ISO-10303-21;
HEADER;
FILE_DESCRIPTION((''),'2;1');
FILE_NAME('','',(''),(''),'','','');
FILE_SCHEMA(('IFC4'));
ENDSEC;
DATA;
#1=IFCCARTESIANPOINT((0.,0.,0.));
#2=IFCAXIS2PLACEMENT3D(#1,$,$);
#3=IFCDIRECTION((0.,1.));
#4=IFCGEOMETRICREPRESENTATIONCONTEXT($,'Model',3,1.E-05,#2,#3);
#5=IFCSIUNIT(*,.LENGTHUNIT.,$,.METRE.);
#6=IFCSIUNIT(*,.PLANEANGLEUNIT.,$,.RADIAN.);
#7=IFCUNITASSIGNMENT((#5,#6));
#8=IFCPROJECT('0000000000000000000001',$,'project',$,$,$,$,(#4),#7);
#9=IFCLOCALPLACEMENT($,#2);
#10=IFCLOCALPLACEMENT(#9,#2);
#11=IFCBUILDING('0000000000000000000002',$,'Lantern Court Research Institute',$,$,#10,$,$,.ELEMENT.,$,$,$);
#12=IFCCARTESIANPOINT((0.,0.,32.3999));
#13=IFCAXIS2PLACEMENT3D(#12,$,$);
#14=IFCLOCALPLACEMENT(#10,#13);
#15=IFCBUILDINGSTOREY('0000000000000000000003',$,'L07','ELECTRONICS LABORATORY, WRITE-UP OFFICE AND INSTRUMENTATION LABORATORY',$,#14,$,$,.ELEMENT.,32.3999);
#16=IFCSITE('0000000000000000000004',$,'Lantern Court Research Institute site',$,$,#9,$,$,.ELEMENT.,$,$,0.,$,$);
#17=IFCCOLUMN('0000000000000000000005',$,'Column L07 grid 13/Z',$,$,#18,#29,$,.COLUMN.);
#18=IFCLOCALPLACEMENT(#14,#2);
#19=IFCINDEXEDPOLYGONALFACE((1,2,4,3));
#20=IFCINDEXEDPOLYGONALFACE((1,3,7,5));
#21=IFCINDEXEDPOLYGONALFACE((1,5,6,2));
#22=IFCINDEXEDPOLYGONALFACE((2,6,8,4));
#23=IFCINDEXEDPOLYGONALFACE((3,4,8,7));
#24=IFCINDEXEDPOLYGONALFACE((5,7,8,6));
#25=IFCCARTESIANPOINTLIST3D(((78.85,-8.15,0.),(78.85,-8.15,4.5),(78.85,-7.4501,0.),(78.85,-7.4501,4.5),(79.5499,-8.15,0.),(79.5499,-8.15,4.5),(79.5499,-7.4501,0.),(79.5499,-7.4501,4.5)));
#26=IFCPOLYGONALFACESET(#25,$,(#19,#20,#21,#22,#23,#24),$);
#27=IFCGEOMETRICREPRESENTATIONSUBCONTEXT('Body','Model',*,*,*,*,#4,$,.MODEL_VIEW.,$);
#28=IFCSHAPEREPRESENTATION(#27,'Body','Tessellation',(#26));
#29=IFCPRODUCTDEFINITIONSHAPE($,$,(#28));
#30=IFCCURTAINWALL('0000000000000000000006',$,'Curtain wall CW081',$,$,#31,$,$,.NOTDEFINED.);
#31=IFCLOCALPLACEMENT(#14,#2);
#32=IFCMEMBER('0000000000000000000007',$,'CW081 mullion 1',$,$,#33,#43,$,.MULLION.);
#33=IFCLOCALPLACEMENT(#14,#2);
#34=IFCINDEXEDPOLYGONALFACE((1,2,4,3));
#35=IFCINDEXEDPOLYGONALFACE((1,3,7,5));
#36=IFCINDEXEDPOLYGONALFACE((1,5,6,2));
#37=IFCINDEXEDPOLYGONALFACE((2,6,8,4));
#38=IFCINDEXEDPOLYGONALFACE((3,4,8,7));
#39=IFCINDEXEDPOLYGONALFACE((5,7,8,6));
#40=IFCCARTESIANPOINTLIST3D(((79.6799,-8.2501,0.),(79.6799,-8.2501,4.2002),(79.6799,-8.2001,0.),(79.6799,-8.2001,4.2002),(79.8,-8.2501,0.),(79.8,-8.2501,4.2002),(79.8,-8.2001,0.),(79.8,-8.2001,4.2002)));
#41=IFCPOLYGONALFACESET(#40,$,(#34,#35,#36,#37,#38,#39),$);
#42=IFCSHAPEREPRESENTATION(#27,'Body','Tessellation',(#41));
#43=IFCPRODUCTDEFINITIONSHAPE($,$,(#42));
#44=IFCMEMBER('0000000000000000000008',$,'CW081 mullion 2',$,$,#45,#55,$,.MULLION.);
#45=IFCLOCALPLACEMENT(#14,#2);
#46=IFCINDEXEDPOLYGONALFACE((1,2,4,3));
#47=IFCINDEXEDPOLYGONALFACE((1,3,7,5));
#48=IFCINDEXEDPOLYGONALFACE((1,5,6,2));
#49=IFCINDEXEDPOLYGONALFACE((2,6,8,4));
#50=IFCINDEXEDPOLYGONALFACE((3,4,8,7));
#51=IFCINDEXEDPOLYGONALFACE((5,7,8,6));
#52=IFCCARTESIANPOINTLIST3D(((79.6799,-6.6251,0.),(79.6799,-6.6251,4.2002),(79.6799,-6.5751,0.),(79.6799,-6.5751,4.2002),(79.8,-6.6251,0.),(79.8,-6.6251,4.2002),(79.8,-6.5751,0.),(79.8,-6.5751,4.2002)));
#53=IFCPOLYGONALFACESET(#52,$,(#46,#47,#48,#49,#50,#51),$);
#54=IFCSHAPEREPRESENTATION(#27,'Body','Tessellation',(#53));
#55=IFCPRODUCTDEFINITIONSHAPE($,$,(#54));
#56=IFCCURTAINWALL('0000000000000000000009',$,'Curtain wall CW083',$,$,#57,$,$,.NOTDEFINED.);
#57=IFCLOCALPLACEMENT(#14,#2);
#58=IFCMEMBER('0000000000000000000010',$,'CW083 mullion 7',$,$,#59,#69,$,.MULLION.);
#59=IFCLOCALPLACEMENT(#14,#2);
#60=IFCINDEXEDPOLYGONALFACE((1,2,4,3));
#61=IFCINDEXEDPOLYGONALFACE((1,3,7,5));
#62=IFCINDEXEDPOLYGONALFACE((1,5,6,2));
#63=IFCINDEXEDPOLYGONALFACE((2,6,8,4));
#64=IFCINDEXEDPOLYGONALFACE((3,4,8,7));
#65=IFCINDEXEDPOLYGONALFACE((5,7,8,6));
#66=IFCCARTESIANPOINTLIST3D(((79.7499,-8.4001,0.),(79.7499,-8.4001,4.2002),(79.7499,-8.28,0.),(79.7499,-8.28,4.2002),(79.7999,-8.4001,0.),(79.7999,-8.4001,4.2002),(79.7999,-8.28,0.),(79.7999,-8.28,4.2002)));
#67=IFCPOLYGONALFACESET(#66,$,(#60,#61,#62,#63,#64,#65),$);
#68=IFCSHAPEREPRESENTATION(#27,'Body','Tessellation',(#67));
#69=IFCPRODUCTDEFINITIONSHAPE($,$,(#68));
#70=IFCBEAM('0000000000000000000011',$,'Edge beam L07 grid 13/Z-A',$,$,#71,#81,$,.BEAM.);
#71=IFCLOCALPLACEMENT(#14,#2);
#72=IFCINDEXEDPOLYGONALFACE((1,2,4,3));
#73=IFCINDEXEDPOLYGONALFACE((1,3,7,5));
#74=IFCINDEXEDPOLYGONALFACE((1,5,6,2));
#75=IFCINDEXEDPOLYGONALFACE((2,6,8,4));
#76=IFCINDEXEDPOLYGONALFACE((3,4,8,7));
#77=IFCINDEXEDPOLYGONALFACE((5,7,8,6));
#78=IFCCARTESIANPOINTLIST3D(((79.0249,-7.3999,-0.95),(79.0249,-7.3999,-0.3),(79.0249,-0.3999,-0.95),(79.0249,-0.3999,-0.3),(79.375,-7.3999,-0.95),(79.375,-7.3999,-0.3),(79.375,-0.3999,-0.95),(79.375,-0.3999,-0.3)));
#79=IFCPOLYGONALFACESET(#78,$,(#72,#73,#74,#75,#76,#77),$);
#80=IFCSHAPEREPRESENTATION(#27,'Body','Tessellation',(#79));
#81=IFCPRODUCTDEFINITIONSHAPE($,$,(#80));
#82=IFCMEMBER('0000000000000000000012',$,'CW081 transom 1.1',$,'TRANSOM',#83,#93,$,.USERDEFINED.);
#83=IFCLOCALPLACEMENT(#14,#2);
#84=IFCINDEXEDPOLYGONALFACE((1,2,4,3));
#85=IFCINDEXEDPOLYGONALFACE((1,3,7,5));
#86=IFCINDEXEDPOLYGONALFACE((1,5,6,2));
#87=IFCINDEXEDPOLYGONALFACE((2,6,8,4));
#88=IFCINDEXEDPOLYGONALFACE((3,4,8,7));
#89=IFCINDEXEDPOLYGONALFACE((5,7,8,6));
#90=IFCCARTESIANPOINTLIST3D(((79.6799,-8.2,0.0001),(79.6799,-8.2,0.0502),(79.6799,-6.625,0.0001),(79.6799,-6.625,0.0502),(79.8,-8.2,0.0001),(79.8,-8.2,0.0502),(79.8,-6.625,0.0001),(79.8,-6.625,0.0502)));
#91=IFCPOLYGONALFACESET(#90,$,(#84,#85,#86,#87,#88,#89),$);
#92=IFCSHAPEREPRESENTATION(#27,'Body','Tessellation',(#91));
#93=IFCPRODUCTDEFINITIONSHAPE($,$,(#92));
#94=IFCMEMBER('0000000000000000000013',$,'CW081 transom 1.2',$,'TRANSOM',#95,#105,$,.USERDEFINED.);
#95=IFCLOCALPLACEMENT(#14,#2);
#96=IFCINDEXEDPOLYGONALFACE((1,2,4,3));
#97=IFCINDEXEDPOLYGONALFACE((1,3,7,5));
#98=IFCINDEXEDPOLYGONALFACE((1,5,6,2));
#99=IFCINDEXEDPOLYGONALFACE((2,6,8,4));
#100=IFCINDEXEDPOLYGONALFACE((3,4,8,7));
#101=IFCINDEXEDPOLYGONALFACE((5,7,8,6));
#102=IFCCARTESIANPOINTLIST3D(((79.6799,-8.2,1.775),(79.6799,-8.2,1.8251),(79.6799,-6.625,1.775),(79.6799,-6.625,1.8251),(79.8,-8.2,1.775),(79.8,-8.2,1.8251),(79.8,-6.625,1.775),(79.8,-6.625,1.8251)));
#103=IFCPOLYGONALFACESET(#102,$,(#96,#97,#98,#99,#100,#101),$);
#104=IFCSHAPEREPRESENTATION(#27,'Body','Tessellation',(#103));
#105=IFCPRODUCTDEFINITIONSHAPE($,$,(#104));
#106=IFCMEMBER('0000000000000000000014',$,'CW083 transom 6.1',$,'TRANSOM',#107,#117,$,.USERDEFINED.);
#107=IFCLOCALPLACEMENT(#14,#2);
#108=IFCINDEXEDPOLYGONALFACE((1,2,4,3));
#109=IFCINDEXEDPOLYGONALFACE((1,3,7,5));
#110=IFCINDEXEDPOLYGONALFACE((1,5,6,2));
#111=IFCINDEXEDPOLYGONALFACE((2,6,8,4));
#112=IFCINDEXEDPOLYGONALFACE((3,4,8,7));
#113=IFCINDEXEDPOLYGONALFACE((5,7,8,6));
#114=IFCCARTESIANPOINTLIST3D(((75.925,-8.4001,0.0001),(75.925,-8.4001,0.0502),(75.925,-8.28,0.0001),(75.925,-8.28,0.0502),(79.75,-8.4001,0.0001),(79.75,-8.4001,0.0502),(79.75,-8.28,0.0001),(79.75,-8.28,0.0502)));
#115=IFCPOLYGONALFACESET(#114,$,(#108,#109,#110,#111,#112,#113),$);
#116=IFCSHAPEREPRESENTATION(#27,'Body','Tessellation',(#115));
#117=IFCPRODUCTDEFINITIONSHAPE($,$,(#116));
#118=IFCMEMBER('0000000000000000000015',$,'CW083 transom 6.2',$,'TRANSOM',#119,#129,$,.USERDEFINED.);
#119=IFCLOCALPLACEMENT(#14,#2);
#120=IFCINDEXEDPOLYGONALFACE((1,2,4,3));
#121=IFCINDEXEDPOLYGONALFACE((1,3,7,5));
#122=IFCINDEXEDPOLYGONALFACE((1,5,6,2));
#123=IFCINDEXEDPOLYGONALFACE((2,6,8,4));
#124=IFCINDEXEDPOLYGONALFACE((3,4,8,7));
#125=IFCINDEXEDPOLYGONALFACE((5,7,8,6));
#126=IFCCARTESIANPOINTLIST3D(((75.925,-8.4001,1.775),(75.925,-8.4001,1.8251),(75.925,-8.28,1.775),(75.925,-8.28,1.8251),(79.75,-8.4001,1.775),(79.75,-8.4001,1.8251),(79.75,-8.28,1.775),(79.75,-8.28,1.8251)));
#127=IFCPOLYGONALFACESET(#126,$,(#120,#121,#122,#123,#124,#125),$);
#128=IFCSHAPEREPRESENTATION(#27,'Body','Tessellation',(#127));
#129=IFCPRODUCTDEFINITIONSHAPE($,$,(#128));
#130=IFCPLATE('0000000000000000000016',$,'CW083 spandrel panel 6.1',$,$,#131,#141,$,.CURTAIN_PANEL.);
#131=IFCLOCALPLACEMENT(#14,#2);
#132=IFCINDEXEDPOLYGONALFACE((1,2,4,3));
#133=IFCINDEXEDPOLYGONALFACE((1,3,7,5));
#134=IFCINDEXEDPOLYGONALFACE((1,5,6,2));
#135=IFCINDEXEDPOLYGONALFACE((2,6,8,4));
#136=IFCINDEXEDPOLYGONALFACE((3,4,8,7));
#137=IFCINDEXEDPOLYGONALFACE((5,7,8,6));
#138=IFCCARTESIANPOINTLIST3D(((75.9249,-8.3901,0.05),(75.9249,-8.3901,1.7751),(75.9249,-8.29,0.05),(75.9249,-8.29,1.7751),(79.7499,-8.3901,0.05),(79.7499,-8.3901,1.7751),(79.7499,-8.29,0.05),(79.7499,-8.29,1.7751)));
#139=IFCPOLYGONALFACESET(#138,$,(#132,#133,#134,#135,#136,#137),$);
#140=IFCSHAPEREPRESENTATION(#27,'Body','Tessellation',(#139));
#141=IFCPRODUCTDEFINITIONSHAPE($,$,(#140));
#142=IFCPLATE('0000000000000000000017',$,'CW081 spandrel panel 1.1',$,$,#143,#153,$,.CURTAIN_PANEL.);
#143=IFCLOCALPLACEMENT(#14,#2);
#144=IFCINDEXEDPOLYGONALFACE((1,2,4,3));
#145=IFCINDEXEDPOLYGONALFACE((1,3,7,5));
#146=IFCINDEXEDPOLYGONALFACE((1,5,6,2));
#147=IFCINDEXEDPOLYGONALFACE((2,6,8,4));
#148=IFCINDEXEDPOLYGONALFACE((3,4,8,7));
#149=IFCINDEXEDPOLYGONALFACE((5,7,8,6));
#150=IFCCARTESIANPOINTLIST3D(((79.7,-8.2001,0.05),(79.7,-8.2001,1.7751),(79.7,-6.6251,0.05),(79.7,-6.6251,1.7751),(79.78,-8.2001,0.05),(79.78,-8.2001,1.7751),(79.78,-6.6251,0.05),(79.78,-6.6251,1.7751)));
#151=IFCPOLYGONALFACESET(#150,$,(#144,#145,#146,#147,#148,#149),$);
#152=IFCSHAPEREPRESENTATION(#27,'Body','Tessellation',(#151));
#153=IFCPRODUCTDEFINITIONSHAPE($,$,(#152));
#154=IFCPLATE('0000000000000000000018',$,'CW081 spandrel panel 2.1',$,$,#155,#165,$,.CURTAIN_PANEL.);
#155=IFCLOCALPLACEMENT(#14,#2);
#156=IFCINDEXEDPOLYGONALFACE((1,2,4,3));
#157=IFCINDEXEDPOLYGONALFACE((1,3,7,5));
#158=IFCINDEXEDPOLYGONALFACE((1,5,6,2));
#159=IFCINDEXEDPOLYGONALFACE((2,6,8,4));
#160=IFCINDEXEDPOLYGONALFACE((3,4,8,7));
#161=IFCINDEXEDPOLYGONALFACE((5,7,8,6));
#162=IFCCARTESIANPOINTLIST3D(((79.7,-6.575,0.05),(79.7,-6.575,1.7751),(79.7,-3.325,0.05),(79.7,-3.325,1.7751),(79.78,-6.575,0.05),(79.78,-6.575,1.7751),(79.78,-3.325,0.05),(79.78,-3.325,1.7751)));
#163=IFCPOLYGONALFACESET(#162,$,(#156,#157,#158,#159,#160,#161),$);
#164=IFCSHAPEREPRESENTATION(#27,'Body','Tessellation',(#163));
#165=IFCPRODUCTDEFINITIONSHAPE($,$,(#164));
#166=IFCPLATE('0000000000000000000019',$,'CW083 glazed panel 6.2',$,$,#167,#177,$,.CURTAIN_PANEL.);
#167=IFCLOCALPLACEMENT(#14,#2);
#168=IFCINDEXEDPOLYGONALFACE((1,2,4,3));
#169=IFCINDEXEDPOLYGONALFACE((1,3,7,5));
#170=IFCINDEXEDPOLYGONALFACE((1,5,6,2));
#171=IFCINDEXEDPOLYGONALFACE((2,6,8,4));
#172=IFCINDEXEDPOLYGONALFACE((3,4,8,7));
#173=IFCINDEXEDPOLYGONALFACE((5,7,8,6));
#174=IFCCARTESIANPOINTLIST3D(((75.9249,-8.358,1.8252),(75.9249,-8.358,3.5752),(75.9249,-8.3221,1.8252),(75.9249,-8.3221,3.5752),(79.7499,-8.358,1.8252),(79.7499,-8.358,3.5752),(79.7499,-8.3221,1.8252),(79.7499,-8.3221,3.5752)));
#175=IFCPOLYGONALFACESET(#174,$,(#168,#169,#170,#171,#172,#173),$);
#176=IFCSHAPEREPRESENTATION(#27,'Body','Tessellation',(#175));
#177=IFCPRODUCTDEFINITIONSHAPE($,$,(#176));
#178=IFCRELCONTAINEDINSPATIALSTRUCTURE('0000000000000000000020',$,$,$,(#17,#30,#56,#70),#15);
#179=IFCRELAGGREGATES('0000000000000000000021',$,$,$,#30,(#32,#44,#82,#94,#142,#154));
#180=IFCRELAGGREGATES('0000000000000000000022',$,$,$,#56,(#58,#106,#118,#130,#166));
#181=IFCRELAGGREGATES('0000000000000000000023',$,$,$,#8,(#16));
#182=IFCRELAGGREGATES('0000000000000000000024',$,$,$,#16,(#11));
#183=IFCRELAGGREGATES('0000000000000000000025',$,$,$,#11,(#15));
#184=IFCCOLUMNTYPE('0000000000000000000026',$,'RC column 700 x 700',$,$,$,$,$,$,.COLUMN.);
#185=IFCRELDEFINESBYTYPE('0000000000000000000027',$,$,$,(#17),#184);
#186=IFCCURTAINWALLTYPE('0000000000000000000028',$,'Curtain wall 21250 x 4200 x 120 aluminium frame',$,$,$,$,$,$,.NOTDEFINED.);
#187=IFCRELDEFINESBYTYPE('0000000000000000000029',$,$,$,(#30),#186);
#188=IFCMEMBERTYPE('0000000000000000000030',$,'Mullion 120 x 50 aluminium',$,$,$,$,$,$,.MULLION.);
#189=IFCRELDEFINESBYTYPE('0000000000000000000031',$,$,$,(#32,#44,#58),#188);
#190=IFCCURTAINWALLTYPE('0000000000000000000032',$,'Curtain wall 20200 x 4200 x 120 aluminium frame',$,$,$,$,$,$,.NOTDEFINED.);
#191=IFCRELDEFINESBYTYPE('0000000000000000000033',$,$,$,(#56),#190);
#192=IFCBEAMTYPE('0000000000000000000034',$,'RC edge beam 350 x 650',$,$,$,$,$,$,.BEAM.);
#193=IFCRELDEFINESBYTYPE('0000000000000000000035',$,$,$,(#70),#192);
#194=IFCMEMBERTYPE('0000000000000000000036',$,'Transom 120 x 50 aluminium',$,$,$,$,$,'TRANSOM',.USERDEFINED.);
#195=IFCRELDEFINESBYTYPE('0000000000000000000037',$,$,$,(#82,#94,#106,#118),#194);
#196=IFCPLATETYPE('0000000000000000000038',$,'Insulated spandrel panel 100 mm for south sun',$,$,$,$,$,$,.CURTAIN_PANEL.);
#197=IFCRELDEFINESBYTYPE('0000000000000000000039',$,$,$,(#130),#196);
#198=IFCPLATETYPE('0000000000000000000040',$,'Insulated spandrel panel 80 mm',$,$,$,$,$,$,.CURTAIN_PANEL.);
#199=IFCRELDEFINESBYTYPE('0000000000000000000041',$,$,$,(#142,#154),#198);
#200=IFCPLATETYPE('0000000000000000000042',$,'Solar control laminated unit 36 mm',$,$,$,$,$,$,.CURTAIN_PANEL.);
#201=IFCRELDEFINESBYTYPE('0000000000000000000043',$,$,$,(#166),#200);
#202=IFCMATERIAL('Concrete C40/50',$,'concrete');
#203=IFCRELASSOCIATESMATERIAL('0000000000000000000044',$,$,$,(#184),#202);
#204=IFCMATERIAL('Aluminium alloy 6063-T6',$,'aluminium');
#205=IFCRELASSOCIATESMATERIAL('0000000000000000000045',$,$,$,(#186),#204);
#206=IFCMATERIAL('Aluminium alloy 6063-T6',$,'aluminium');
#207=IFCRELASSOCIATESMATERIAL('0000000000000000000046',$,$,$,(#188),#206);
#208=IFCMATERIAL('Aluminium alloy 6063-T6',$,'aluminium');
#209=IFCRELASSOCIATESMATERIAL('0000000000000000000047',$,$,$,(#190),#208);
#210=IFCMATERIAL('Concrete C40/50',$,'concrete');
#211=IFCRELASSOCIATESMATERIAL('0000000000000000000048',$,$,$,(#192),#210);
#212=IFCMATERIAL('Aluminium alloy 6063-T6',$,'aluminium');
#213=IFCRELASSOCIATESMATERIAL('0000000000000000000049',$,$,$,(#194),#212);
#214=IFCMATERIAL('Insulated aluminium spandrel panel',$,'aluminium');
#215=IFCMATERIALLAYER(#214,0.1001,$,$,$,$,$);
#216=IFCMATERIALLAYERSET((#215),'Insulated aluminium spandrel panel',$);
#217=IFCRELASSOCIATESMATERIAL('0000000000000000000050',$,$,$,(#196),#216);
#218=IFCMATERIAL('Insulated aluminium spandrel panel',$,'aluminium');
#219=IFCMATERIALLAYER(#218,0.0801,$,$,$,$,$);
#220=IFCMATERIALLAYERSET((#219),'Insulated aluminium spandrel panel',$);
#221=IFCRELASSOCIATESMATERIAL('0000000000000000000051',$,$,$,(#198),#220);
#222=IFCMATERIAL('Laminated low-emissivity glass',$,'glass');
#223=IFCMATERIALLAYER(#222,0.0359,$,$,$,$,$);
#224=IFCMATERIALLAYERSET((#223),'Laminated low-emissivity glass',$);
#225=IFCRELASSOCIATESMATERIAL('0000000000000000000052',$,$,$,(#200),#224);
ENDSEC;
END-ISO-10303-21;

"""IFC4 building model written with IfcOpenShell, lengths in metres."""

from ifc_helpers import new_model, si_unit, direction, frame, origin, origin_2d, place, context, subcontext, project, spatial, rectangle, extrude, material, layer, layer_set, material_profile, profile_set, type_object, element, aggregate, save


model = new_model("IFC4")

# Units and contexts
model_context = context("Model", 3, precision=1e-05, world=origin(), true_north=direction((0.0, 1.0)))
body_context = subcontext(model_context, "Body", "Model", "MODEL_VIEW")
ifc_project = project(units=[si_unit("LENGTHUNIT", "METRE"), si_unit("PLANEANGLEUNIT", "RADIAN")], contexts=[model_context])

# Site, building, storey
site_placement = place(None, origin())
site = spatial("IfcSite", under=ifc_project, at=site_placement, Name="Lantern Court Research Institute site", CompositionType="ELEMENT", RefElevation=0.0)
building_placement = place(site_placement, origin())
building = spatial("IfcBuilding", under=site, at=building_placement, Name="Lantern Court Research Institute", CompositionType="ELEMENT")
storey_placement = place(building_placement, frame((0.0, 0.0, 32.3999)))
storey = spatial("IfcBuildingStorey", under=building, at=storey_placement, Name="L07", Description="ELECTRONICS LABORATORY, WRITE-UP OFFICE AND INSTRUMENTATION LABORATORY", CompositionType="ELEMENT", Elevation=32.3999)

# Column
ifc_material_1 = material(Name="Concrete C40/50", Category="concrete")
ifc_material_profile_1 = material_profile(ifc_material_1, rectangle(XDim=0.7, YDim=0.7, at=origin_2d()), Name="RC column 700 x 700")
ifc_profile_set_1 = profile_set([ifc_material_profile_1], Name="Concrete C40/50")
column_type = type_object("IfcColumnType", Name="RC column 700 x 700", PredefinedType="COLUMN", material=ifc_profile_set_1)
column_placement = place(storey_placement, frame((79.2, -7.8, 0.0), z_axis=(0.0, 0.0, 1.0), x_axis=(1.0, 0.0, 0.0)))
element("IfcColumn", 1, at=column_placement, inside=storey, type_object=column_type, Name="Column L07 grid 13/Z", PredefinedType="COLUMN", context=body_context, shape_type="SweptSolid", body=[
    extrude(rectangle(XDim=0.7, YDim=0.7, at=origin_2d()), origin(), (0.0, 0.0, 1.0), 4.5),
])

# Curtain wall, members
ifc_material_2 = material(Name="Aluminium alloy 6063-T6", Category="aluminium")
curtain_wall_type_1 = type_object("IfcCurtainWallType", Name="Curtain wall 21250 x 4200 x 120 aluminium frame", PredefinedType="NOTDEFINED", material=ifc_material_2)
curtain_wall_1_placement = place(storey_placement, origin())
curtain_wall_1 = element("IfcCurtainWall", 2, at=curtain_wall_1_placement, inside=storey, type_object=curtain_wall_type_1, Name="Curtain wall CW081", PredefinedType="NOTDEFINED")
ifc_material_3 = material(Name="Aluminium alloy 6063-T6", Category="aluminium")
ifc_material_profile_2 = material_profile(ifc_material_3, rectangle(XDim=0.1201, YDim=0.05, at=origin_2d()), Name="Mullion 120 x 50")
ifc_profile_set_2 = profile_set([ifc_material_profile_2], Name="Aluminium alloy 6063-T6")
member_type_1 = type_object("IfcMemberType", Name="Mullion 120 x 50 aluminium", PredefinedType="MULLION", material=ifc_profile_set_2)
member_1_placement = place(storey_placement, frame((79.74, -8.2251, 0.0), z_axis=(0.0, 0.0, 1.0), x_axis=(1.0, 0.0, 0.0)))
member_1 = element("IfcMember", 3, at=member_1_placement, type_object=member_type_1, Name="CW081 mullion 1", PredefinedType="MULLION", context=body_context, shape_type="SweptSolid", body=[
    extrude(rectangle(XDim=0.1201, YDim=0.05, at=origin_2d()), origin(), (0.0, 0.0, 1.0), 4.2002),
])
member_2_placement = place(storey_placement, frame((79.74, -6.6001, 0.0), z_axis=(0.0, 0.0, 1.0), x_axis=(1.0, 0.0, 0.0)))
member_2 = element("IfcMember", 4, at=member_2_placement, type_object=member_type_1, Name="CW081 mullion 2", PredefinedType="MULLION", context=body_context, shape_type="SweptSolid", body=[
    extrude(rectangle(XDim=0.1201, YDim=0.05, at=origin_2d()), origin(), (0.0, 0.0, 1.0), 4.2002),
])

# Curtain wall, member
ifc_material_4 = material(Name="Aluminium alloy 6063-T6", Category="aluminium")
curtain_wall_type_2 = type_object("IfcCurtainWallType", Name="Curtain wall 20200 x 4200 x 120 aluminium frame", PredefinedType="NOTDEFINED", material=ifc_material_4)
curtain_wall_2_placement = place(storey_placement, origin())
curtain_wall_2 = element("IfcCurtainWall", 5, at=curtain_wall_2_placement, inside=storey, type_object=curtain_wall_type_2, Name="Curtain wall CW083", PredefinedType="NOTDEFINED")
member_3_placement = place(storey_placement, frame((79.7749, -8.3401, 0.0), z_axis=(0.0, 0.0, 1.0), x_axis=(0.0, -1.0, 0.0)))
member_3 = element("IfcMember", 6, at=member_3_placement, type_object=member_type_1, Name="CW083 mullion 7", PredefinedType="MULLION", context=body_context, shape_type="SweptSolid", body=[
    extrude(rectangle(XDim=0.1201, YDim=0.05, at=origin_2d()), origin(), (0.0, 0.0, 1.0), 4.2002),
])

# Beam
ifc_material_5 = material(Name="Concrete C40/50", Category="concrete")
ifc_material_profile_3 = material_profile(ifc_material_5, rectangle(XDim=0.3501, YDim=0.6499, at=origin_2d()), Name="RC beam 350 x 650")
ifc_profile_set_3 = profile_set([ifc_material_profile_3], Name="Concrete C40/50")
beam_type = type_object("IfcBeamType", Name="RC edge beam 350 x 650", PredefinedType="BEAM", material=ifc_profile_set_3)
beam_placement = place(storey_placement, frame((79.2, -7.3999, -0.625), z_axis=(0.0, 1.0, 0.0), x_axis=(-1.0, 0.0, 0.0)))
element("IfcBeam", 7, at=beam_placement, inside=storey, type_object=beam_type, Name="Edge beam L07 grid 13/Z-A", PredefinedType="BEAM", context=body_context, shape_type="SweptSolid", body=[
    extrude(rectangle(XDim=0.3501, YDim=0.6499, at=origin_2d()), origin(), (0.0, 0.0, 1.0), 7.0),
])

# Members
ifc_material_6 = material(Name="Aluminium alloy 6063-T6", Category="aluminium")
ifc_material_profile_4 = material_profile(ifc_material_6, rectangle(XDim=0.1201, YDim=0.05, at=origin_2d()), Name="Transom 120 x 50")
ifc_profile_set_4 = profile_set([ifc_material_profile_4], Name="Aluminium alloy 6063-T6")
member_type_2 = type_object("IfcMemberType", Name="Transom 120 x 50 aluminium", ElementType="TRANSOM", PredefinedType="USERDEFINED", material=ifc_profile_set_4)
member_4_placement = place(storey_placement, frame((79.74, -6.625, 0.0251), z_axis=(0.0, -1.0, 0.0), x_axis=(1.0, 0.0, 0.0)))
member_4 = element("IfcMember", 8, at=member_4_placement, type_object=member_type_2, Name="CW081 transom 1.1", ObjectType="TRANSOM", PredefinedType="USERDEFINED", context=body_context, shape_type="SweptSolid", body=[
    extrude(rectangle(XDim=0.1201, YDim=0.05, at=origin_2d()), origin(), (0.0, 0.0, 1.0), 1.575),
])
member_5_placement = place(storey_placement, frame((79.74, -6.625, 1.8), z_axis=(0.0, -1.0, 0.0), x_axis=(1.0, 0.0, 0.0)))
member_5 = element("IfcMember", 9, at=member_5_placement, type_object=member_type_2, Name="CW081 transom 1.2", ObjectType="TRANSOM", PredefinedType="USERDEFINED", context=body_context, shape_type="SweptSolid", body=[
    extrude(rectangle(XDim=0.1201, YDim=0.05, at=origin_2d()), origin(), (0.0, 0.0, 1.0), 1.575),
])
member_6_placement = place(storey_placement, frame((79.75, -8.3401, 0.0251), z_axis=(-1.0, 0.0, 0.0), x_axis=(0.0, -1.0, 0.0)))
member_6 = element("IfcMember", 10, at=member_6_placement, type_object=member_type_2, Name="CW083 transom 6.1", ObjectType="TRANSOM", PredefinedType="USERDEFINED", context=body_context, shape_type="SweptSolid", body=[
    extrude(rectangle(XDim=0.1201, YDim=0.05, at=origin_2d()), origin(), (0.0, 0.0, 1.0), 3.825),
])
member_7_placement = place(storey_placement, frame((79.75, -8.3401, 1.8), z_axis=(-1.0, 0.0, 0.0), x_axis=(0.0, -1.0, 0.0)))
member_7 = element("IfcMember", 11, at=member_7_placement, type_object=member_type_2, Name="CW083 transom 6.2", ObjectType="TRANSOM", PredefinedType="USERDEFINED", context=body_context, shape_type="SweptSolid", body=[
    extrude(rectangle(XDim=0.1201, YDim=0.05, at=origin_2d()), origin(), (0.0, 0.0, 1.0), 3.825),
])

# Plates
ifc_material_7 = material(Name="Insulated aluminium spandrel panel", Category="aluminium")
ifc_layer_1 = layer(ifc_material_7, 0.1001)
ifc_layer_set_1 = layer_set([ifc_layer_1], Name="Insulated aluminium spandrel panel")
plate_type_1 = type_object("IfcPlateType", Name="Insulated spandrel panel 100 mm for south sun", PredefinedType="CURTAIN_PANEL", material=ifc_layer_set_1)
plate_1_placement = place(storey_placement, frame((77.8374, -8.3401, 0.05), z_axis=(0.0, 0.0, 1.0), x_axis=(-1.0, 0.0, 0.0)))
plate_1 = element("IfcPlate", 12, at=plate_1_placement, type_object=plate_type_1, Name="CW083 spandrel panel 6.1", PredefinedType="CURTAIN_PANEL", context=body_context, shape_type="SweptSolid", body=[
    extrude(rectangle(XDim=3.825, YDim=0.1001, at=origin_2d()), origin(), (0.0, 0.0, 1.0), 1.7251),
])
ifc_material_8 = material(Name="Insulated aluminium spandrel panel", Category="aluminium")
ifc_layer_2 = layer(ifc_material_8, 0.0801)
ifc_layer_set_2 = layer_set([ifc_layer_2], Name="Insulated aluminium spandrel panel")
plate_type_2 = type_object("IfcPlateType", Name="Insulated spandrel panel 80 mm", PredefinedType="CURTAIN_PANEL", material=ifc_layer_set_2)
plate_2_placement = place(storey_placement, frame((79.74, -7.4126, 0.05), z_axis=(0.0, 0.0, 1.0), x_axis=(0.0, -1.0, 0.0)))
plate_2 = element("IfcPlate", 13, at=plate_2_placement, type_object=plate_type_2, Name="CW081 spandrel panel 1.1", PredefinedType="CURTAIN_PANEL", context=body_context, shape_type="SweptSolid", body=[
    extrude(rectangle(XDim=1.575, YDim=0.0801, at=origin_2d()), origin(), (0.0, 0.0, 1.0), 1.7251),
])
plate_3_placement = place(storey_placement, frame((79.74, -4.95, 0.05), z_axis=(0.0, 0.0, 1.0), x_axis=(0.0, -1.0, 0.0)))
plate_3 = element("IfcPlate", 14, at=plate_3_placement, type_object=plate_type_2, Name="CW081 spandrel panel 2.1", PredefinedType="CURTAIN_PANEL", context=body_context, shape_type="SweptSolid", body=[
    extrude(rectangle(XDim=3.25, YDim=0.0801, at=origin_2d()), origin(), (0.0, 0.0, 1.0), 1.7251),
])
aggregate(curtain_wall_1, [member_1, member_2, member_4, member_5, plate_2, plate_3])
ifc_material_9 = material(Name="Laminated low-emissivity glass", Category="glass")
ifc_layer_3 = layer(ifc_material_9, 0.0359)
ifc_layer_set_3 = layer_set([ifc_layer_3], Name="Laminated low-emissivity glass")
plate_type_3 = type_object("IfcPlateType", Name="Solar control laminated unit 36 mm", PredefinedType="CURTAIN_PANEL", material=ifc_layer_set_3)
plate_4_placement = place(storey_placement, frame((77.8374, -8.3401, 1.8252), z_axis=(0.0, 0.0, 1.0), x_axis=(-1.0, 0.0, 0.0)))
plate_4 = element("IfcPlate", 15, at=plate_4_placement, type_object=plate_type_3, Name="CW083 glazed panel 6.2", PredefinedType="CURTAIN_PANEL", context=body_context, shape_type="SweptSolid", body=[
    extrude(rectangle(XDim=3.825, YDim=0.0359, at=origin_2d()), origin(), (0.0, 0.0, 1.0), 1.75),
])
aggregate(curtain_wall_2, [member_3, member_6, member_7, plate_1, plate_4])

save(model, "model.ifc")
